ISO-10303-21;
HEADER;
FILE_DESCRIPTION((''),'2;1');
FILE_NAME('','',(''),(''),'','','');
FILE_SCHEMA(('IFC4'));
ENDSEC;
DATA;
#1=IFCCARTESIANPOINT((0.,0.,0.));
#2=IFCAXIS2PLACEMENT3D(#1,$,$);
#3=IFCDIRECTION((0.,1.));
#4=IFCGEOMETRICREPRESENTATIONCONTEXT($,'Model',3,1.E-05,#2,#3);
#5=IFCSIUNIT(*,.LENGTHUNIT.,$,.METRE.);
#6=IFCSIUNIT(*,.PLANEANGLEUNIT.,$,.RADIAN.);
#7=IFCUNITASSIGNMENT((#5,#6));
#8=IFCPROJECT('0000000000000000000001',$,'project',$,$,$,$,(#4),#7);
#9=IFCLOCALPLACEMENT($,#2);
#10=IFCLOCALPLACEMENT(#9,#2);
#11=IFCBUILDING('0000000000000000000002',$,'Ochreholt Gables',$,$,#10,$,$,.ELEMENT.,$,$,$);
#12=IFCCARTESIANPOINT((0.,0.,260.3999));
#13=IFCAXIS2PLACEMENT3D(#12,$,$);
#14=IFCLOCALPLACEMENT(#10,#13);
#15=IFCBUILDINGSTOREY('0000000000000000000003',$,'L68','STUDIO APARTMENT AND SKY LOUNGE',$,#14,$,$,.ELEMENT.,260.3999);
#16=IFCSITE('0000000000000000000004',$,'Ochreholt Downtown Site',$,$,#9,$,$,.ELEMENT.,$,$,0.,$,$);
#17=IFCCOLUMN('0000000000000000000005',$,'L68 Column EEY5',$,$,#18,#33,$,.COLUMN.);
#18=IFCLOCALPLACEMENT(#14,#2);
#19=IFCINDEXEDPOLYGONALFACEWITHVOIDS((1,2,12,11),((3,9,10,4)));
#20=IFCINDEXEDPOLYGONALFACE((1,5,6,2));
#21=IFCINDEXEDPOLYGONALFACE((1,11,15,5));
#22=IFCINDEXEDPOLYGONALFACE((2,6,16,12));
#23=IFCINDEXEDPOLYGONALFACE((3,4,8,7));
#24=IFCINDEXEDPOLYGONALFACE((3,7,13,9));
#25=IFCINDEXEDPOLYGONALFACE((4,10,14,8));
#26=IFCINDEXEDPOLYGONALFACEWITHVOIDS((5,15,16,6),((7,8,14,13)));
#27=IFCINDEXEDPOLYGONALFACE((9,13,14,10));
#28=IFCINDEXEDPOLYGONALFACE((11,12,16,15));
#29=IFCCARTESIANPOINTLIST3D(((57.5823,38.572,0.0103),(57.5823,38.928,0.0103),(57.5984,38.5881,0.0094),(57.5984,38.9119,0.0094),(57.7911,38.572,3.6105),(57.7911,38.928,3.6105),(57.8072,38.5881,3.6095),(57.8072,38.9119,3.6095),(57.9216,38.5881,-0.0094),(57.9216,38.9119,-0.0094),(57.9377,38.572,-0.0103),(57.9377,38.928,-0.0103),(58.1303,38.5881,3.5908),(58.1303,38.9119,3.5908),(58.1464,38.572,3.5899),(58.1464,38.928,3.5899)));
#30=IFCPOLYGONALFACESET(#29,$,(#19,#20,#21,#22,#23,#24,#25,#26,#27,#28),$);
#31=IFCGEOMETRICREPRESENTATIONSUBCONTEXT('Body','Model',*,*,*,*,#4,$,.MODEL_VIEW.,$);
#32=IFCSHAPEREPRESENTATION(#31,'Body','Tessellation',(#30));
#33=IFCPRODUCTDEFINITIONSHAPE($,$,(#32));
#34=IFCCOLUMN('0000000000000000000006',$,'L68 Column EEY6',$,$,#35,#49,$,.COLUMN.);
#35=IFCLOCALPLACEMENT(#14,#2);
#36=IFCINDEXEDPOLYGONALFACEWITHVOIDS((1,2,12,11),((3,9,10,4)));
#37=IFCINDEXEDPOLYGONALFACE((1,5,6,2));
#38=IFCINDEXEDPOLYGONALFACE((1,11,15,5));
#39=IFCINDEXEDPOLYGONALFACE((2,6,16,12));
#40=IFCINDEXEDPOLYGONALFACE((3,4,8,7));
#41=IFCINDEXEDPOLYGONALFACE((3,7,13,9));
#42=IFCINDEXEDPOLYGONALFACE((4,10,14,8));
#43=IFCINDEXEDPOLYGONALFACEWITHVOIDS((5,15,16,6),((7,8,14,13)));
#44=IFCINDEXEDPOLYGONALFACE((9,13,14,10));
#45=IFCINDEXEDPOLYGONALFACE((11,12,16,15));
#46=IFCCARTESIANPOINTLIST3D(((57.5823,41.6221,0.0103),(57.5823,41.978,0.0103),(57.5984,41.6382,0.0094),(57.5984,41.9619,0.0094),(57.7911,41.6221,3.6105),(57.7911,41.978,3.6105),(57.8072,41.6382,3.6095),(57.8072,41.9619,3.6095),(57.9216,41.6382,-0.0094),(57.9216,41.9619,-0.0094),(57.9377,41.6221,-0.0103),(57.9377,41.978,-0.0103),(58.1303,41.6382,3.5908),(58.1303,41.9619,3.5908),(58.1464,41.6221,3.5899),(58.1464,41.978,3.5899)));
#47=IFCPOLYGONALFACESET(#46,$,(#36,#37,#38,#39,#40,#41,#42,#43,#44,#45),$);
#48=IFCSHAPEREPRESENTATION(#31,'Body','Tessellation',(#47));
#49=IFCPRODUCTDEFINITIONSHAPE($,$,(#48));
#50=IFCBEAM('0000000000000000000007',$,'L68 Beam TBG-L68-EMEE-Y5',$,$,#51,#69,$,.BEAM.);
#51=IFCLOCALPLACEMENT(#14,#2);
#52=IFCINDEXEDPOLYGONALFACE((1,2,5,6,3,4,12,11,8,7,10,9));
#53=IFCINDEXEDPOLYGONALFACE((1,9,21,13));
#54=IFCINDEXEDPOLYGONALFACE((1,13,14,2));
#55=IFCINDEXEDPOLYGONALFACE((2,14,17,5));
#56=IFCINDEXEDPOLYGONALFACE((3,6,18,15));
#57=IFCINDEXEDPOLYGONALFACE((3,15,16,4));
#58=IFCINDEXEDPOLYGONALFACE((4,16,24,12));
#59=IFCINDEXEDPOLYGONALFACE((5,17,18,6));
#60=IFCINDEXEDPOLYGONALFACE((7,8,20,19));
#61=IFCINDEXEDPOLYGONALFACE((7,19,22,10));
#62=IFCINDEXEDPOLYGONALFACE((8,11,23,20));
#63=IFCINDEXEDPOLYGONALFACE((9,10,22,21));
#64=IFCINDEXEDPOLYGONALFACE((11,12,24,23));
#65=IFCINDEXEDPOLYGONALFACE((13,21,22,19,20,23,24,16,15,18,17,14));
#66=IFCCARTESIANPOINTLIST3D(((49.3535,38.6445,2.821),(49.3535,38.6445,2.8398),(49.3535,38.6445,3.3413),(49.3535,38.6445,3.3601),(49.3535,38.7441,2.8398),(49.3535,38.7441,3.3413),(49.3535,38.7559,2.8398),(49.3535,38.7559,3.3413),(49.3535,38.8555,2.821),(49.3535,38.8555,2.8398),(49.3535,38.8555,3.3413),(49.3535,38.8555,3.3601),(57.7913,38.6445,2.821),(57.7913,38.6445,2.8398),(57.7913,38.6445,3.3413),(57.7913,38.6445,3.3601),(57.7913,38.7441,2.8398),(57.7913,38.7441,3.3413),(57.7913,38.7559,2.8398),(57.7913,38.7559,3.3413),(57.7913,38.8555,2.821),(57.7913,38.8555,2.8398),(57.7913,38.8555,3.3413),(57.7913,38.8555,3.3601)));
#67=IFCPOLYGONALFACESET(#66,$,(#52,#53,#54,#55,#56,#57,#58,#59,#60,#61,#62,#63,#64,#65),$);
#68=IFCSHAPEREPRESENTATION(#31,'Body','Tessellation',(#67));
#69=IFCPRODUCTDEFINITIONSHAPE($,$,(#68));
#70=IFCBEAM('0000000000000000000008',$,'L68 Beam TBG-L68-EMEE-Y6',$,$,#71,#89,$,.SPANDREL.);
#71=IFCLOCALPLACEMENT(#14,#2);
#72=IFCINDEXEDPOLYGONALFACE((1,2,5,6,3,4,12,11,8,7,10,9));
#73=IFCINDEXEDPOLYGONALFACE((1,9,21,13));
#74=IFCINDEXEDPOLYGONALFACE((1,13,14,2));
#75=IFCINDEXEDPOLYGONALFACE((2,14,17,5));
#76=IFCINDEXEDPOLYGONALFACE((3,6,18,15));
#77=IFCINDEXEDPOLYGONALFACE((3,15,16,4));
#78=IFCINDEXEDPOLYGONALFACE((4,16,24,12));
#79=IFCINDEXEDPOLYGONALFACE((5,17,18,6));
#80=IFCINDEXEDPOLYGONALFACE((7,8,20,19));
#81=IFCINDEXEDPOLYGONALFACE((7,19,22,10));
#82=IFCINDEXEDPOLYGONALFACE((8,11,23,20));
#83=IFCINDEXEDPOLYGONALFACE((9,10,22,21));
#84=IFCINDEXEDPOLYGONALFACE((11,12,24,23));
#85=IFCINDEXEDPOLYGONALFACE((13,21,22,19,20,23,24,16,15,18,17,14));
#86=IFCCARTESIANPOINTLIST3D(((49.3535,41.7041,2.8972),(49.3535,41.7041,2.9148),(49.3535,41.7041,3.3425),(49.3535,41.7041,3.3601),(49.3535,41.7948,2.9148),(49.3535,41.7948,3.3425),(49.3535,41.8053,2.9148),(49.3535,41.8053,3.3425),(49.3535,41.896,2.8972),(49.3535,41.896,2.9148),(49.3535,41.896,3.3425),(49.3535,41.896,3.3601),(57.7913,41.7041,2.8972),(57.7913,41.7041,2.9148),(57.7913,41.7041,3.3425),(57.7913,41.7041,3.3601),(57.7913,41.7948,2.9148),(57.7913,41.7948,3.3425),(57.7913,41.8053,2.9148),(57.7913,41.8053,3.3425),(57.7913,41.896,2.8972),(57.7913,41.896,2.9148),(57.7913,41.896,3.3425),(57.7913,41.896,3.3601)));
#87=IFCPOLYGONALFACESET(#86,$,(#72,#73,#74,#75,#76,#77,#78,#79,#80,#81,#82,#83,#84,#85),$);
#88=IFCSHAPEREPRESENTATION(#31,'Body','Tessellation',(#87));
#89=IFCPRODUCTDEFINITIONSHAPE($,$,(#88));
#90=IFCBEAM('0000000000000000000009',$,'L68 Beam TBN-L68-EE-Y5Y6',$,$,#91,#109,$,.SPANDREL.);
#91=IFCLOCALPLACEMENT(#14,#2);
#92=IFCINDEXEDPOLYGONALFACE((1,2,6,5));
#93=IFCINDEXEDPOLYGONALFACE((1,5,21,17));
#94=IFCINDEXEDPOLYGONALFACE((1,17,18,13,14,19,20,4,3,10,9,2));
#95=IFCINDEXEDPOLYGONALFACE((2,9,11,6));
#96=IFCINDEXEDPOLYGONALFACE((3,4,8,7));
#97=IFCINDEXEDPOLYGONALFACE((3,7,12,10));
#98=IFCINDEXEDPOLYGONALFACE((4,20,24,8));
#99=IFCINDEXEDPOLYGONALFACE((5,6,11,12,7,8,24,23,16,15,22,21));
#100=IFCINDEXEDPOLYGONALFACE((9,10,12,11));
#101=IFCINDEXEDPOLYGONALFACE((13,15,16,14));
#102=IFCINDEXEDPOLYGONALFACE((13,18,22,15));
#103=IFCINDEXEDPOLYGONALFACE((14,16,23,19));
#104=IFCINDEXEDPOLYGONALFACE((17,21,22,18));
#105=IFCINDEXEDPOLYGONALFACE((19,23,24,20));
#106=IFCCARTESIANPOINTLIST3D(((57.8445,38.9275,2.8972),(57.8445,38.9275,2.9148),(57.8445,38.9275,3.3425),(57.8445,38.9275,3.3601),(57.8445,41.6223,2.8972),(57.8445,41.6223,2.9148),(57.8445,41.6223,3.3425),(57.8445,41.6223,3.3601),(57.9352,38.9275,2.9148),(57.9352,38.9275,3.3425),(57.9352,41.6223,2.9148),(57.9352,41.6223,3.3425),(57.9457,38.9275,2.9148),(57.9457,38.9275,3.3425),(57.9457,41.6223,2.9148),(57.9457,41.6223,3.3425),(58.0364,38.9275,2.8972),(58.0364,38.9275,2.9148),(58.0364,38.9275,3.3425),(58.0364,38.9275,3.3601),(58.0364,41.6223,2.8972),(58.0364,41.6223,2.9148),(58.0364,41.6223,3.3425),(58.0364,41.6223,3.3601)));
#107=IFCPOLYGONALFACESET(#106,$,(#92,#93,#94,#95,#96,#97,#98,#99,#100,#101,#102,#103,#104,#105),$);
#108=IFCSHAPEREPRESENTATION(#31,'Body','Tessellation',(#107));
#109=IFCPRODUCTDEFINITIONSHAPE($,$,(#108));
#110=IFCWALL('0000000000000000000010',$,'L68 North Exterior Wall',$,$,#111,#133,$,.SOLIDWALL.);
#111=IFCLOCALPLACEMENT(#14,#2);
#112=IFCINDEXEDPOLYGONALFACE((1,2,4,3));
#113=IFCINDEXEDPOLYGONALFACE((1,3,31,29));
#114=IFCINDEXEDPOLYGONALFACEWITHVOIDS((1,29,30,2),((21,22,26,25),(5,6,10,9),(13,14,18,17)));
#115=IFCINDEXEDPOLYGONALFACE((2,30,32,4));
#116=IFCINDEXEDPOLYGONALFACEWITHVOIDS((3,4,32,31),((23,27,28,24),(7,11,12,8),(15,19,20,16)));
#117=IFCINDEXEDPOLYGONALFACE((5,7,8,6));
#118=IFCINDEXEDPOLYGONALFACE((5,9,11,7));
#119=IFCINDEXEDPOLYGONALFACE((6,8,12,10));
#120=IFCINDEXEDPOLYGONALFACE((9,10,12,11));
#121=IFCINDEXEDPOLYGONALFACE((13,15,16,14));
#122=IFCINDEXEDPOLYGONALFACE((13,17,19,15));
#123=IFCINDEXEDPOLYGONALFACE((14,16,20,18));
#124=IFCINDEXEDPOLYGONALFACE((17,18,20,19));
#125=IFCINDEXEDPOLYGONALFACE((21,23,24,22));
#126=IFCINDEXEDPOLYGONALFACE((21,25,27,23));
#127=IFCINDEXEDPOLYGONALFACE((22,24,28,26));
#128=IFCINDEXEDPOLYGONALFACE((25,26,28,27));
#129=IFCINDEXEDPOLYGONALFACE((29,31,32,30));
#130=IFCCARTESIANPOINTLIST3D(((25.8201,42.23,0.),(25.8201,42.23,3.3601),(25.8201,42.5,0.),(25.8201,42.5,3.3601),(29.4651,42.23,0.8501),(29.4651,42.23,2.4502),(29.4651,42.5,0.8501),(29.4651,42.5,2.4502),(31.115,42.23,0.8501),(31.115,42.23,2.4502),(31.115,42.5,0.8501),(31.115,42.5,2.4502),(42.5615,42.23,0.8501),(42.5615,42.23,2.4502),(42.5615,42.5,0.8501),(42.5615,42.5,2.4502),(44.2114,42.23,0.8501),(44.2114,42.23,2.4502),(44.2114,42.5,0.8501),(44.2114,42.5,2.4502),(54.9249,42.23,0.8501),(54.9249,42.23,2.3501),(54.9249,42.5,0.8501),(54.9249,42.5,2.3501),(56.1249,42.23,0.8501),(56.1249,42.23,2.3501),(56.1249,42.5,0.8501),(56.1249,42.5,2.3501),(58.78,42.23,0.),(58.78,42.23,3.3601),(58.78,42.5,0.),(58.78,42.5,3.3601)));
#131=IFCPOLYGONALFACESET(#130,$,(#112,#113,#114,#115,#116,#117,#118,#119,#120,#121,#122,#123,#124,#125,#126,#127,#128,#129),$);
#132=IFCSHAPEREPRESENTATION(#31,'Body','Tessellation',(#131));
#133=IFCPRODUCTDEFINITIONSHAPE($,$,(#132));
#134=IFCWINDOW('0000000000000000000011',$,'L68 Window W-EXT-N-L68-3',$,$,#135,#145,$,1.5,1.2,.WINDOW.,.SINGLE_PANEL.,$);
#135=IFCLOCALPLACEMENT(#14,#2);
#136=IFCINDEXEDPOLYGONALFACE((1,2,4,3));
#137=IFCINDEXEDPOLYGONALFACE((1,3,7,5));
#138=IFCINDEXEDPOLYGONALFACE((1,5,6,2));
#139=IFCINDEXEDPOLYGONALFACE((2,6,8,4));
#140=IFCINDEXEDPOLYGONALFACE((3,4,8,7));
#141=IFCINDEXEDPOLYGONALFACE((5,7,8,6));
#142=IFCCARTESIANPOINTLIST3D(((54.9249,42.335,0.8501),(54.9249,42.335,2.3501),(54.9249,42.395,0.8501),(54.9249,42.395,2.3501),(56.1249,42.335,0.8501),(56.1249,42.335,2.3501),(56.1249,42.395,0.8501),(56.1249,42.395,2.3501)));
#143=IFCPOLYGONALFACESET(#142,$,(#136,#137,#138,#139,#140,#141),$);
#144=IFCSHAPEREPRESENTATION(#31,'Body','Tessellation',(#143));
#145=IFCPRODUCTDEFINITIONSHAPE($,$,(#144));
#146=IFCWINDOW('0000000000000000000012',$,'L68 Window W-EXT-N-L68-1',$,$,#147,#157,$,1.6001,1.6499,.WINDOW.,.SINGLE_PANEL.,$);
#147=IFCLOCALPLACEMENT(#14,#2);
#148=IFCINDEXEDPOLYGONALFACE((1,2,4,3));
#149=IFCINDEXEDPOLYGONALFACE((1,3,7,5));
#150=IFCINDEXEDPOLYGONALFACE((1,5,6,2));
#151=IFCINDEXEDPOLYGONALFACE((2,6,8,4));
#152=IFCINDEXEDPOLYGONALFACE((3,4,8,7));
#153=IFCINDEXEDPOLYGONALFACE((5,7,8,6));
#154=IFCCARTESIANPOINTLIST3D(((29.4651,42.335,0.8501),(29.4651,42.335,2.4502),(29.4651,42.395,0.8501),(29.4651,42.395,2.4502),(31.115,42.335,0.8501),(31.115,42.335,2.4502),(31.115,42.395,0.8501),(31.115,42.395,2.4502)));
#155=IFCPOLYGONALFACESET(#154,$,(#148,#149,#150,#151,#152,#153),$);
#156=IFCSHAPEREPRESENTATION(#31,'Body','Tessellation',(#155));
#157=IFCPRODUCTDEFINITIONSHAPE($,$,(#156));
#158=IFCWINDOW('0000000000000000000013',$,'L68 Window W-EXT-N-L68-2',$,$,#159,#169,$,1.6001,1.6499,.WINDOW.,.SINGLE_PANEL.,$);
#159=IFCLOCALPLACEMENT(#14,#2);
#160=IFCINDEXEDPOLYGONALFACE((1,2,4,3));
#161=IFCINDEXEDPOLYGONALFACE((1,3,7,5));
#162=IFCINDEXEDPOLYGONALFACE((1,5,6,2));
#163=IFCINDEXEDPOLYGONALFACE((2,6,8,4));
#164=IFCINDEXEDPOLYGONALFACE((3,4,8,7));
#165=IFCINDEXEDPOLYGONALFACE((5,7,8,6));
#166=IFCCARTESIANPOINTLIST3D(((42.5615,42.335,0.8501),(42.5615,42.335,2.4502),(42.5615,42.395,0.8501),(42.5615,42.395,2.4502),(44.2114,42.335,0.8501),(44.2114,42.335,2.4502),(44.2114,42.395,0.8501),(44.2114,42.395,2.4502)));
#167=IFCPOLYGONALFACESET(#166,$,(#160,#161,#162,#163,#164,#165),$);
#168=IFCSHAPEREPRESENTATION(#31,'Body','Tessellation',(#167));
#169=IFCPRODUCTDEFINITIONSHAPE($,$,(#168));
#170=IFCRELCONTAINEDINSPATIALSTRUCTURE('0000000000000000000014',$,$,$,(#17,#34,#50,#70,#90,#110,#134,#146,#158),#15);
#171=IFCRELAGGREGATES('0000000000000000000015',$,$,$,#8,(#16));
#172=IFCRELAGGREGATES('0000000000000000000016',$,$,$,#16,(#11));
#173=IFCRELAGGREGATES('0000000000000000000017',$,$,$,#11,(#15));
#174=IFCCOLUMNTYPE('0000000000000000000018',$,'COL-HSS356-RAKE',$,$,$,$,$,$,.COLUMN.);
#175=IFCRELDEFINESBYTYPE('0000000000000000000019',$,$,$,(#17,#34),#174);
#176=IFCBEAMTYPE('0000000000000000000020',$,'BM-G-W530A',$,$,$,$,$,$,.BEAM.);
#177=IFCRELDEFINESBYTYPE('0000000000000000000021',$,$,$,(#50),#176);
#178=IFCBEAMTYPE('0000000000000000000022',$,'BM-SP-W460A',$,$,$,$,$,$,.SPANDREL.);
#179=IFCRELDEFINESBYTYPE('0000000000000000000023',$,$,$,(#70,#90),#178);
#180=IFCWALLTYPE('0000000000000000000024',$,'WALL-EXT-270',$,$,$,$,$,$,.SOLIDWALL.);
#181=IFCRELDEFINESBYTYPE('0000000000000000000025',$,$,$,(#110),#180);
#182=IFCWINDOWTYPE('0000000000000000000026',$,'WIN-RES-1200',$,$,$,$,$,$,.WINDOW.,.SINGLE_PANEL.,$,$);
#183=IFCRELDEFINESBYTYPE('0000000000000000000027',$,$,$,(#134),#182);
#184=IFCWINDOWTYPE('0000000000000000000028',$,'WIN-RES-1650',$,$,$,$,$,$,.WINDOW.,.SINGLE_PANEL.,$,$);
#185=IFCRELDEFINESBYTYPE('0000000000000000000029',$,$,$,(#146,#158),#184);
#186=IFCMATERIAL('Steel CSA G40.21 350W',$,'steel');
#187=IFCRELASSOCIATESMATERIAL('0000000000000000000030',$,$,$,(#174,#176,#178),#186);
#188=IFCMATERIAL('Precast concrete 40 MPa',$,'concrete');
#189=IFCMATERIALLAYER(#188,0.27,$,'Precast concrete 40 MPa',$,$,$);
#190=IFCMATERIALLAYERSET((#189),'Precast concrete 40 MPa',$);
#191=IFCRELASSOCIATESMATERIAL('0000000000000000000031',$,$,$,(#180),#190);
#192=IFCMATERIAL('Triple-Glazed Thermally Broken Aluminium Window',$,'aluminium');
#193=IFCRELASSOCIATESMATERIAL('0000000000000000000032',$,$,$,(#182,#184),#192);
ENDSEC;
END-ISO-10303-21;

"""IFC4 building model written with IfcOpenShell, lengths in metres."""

from ifc_helpers import new_model, si_unit, direction, frame, frame_2d, origin, origin_2d, place, context, subcontext, project, spatial, rectangle, hollow_rectangle, i_section, extrude, material, layer, layer_set, material_profile, profile_set, type_object, element, fill, save


model = new_model("IFC4")

# Units and contexts
model_context = context("Model", 3, precision=1e-05, world=origin(), true_north=direction((0.0, 1.0)))
body_context = subcontext(model_context, "Body", "Model", "MODEL_VIEW")
ifc_project = project(units=[si_unit("LENGTHUNIT", "METRE"), si_unit("PLANEANGLEUNIT", "RADIAN")], contexts=[model_context])

# Site, building, storey
site_placement = place(None, origin())
site = spatial("IfcSite", under=ifc_project, at=site_placement, Name="Ochreholt Downtown Site", CompositionType="ELEMENT", RefElevation=0.0)
building_placement = place(site_placement, origin())
building = spatial("IfcBuilding", under=site, at=building_placement, Name="Ochreholt Gables", CompositionType="ELEMENT")
storey_placement = place(building_placement, frame((0.0, 0.0, 260.3999)))
storey = spatial("IfcBuildingStorey", under=building, at=storey_placement, Name="L68", Description="STUDIO APARTMENT AND SKY LOUNGE", CompositionType="ELEMENT", Elevation=260.3999)

# Columns
ifc_material_1 = material(Name="Steel CSA G40.21 350W", Category="steel")
ifc_material_profile_1 = material_profile(ifc_material_1, hollow_rectangle(XDim=0.356, YDim=0.356, WallThickness=0.0161, at=origin_2d()), Name="HSS356X356X16")
ifc_profile_set_1 = profile_set([ifc_material_profile_1], Name="Steel CSA G40.21 350W")
column_type = type_object("IfcColumnType", Name="COL-HSS356-RAKE", PredefinedType="COLUMN", material=ifc_profile_set_1)
for number, where, z_axis, x_axis, name in (
    (1, (57.76, 38.75, 0.0), (0.057885, 0.0, 0.998323), (0.0, 1.0, 0.0), "L68 Column EEY5"),
    (2, (57.76, 41.8, 0.0), (0.057885, 0.0, 0.998323), (0.0, 1.0, 0.0), "L68 Column EEY6"),
):
    element("IfcColumn", number, at=place(storey_placement, frame(where, z_axis=z_axis, x_axis=x_axis)), inside=storey, type_object=column_type, Name=name, PredefinedType="COLUMN", context=body_context, shape_type="SweptSolid", body=[
        extrude(hollow_rectangle(XDim=0.356, YDim=0.356, WallThickness=0.0161, at=origin_2d()), origin(), (0.0, 0.0, 1.0), 3.6062),
    ])

# Beams
ifc_material_profile_2 = material_profile(ifc_material_1, i_section(OverallWidth=0.2109, OverallDepth=0.5391, WebThickness=0.0117, FlangeThickness=0.0188, at=origin_2d()), Name="W530X109")
ifc_profile_set_2 = profile_set([ifc_material_profile_2], Name="Steel CSA G40.21 350W")
beam_type_1 = type_object("IfcBeamType", Name="BM-G-W530A", PredefinedType="BEAM", material=ifc_profile_set_2)
beam_1_placement = place(storey_placement, frame((49.3535, 38.75, 3.0906), z_axis=(1.0, 0.0, 0.0), x_axis=(0.0, 1.0, 0.0)))
element("IfcBeam", 3, at=beam_1_placement, inside=storey, type_object=beam_type_1, Name="L68 Beam TBG-L68-EMEE-Y5", PredefinedType="BEAM", context=body_context, shape_type="SweptSolid", body=[
    extrude(i_section(OverallWidth=0.2109, OverallDepth=0.5391, WebThickness=0.0117, FlangeThickness=0.0188, at=origin_2d()), origin(), (0.0, 0.0, 1.0), 8.4377),
])
ifc_material_profile_3 = material_profile(ifc_material_1, i_section(OverallWidth=0.1919, OverallDepth=0.4629, WebThickness=0.0105, FlangeThickness=0.0176, at=origin_2d()), Name="W460X89")
ifc_profile_set_3 = profile_set([ifc_material_profile_3], Name="Steel CSA G40.21 350W")
beam_type_2 = type_object("IfcBeamType", Name="BM-SP-W460A", PredefinedType="SPANDREL", material=ifc_profile_set_3)
beam_2_placement = place(storey_placement, frame((49.3535, 41.8, 3.1287), z_axis=(1.0, 0.0, 0.0), x_axis=(0.0, 1.0, 0.0)))
element("IfcBeam", 4, at=beam_2_placement, inside=storey, type_object=beam_type_2, Name="L68 Beam TBG-L68-EMEE-Y6", PredefinedType="SPANDREL", context=body_context, shape_type="SweptSolid", body=[
    extrude(i_section(OverallWidth=0.1919, OverallDepth=0.4629, WebThickness=0.0105, FlangeThickness=0.0176, at=origin_2d()), origin(), (0.0, 0.0, 1.0), 8.4377),
])
beam_3_placement = place(storey_placement, frame((57.9404, 38.9275, 3.1287), z_axis=(0.0, 1.0, 0.0), x_axis=(-1.0, 0.0, 0.0)))
element("IfcBeam", 5, at=beam_3_placement, inside=storey, type_object=beam_type_2, Name="L68 Beam TBN-L68-EE-Y5Y6", PredefinedType="SPANDREL", context=body_context, shape_type="SweptSolid", body=[
    extrude(i_section(OverallWidth=0.1919, OverallDepth=0.4629, WebThickness=0.0105, FlangeThickness=0.0176, at=origin_2d()), origin(), (0.0, 0.0, 1.0), 2.6948),
])

# Wall, openings, windows
ifc_material_2 = material(Name="Precast concrete 40 MPa", Category="concrete")
ifc_layer_1 = layer(ifc_material_2, 0.27, Name="Precast concrete 40 MPa")
ifc_layer_set_1 = layer_set([ifc_layer_1], Name="Precast concrete 40 MPa")
wall_type_1 = type_object("IfcWallType", Name="WALL-EXT-270", PredefinedType="SOLIDWALL", material=ifc_layer_set_1)
wall_1_placement = place(storey_placement, frame((58.78, 42.365, 0.0), z_axis=(0.0, 0.0, 1.0), x_axis=(-1.0, 0.0, 0.0)))
wall_1 = element("IfcWall", 6, at=wall_1_placement, inside=storey, type_object=wall_type_1, Name="L68 North Exterior Wall", PredefinedType="SOLIDWALL", context=body_context, shape_type="SweptSolid", body=[
    extrude(rectangle(XDim=32.96, YDim=0.27, at=frame_2d((16.48, 0.0))), origin(), (0.0, 0.0, 1.0), 3.3601),
])
opening_1_placement = place(wall_1_placement, frame((27.665, 0.0, 0.8501)))
opening_1 = element("IfcOpeningElement", 7, at=opening_1_placement, cuts=wall_1, PredefinedType="OPENING", context=body_context, shape_type="SweptSolid", body=[
    extrude(rectangle(XDim=1.6499, YDim=1.6001, at=frame_2d((0.825, 0.8))), frame((0.0, 0.145, 0.0), z_axis=(0.0, -1.0, 0.0), x_axis=(1.0, 0.0, 0.0)), (0.0, 0.0, 1.0), 0.29),
])
opening_2_placement = place(wall_1_placement, frame((14.5686, 0.0, 0.8501)))
opening_2 = element("IfcOpeningElement", 8, at=opening_2_placement, cuts=wall_1, PredefinedType="OPENING", context=body_context, shape_type="SweptSolid", body=[
    extrude(rectangle(XDim=1.6499, YDim=1.6001, at=frame_2d((0.825, 0.8))), frame((0.0, 0.145, 0.0), z_axis=(0.0, -1.0, 0.0), x_axis=(1.0, 0.0, 0.0)), (0.0, 0.0, 1.0), 0.29),
])
opening_3_placement = place(wall_1_placement, frame((2.655, 0.0, 0.8501)))
opening_3 = element("IfcOpeningElement", 9, at=opening_3_placement, cuts=wall_1, PredefinedType="OPENING", context=body_context, shape_type="SweptSolid", body=[
    extrude(rectangle(XDim=1.2, YDim=1.5, at=frame_2d((0.6001, 0.75))), frame((0.0, 0.145, 0.0), z_axis=(0.0, -1.0, 0.0), x_axis=(1.0, 0.0, 0.0)), (0.0, 0.0, 1.0), 0.29),
])
ifc_material_3 = material(Name="Triple-Glazed Thermally Broken Aluminium Window", Category="aluminium")
window_type_1 = type_object("IfcWindowType", Name="WIN-RES-1200", PartitioningType="SINGLE_PANEL", PredefinedType="WINDOW", material=ifc_material_3)
window_1_placement = place(opening_3_placement, origin())
window_1 = element("IfcWindow", 10, at=window_1_placement, inside=storey, type_object=window_type_1, Name="L68 Window W-EXT-N-L68-3", OverallHeight=1.5, OverallWidth=1.2, PartitioningType="SINGLE_PANEL", PredefinedType="WINDOW", context=body_context, shape_type="SweptSolid", body=[
    extrude(rectangle(XDim=1.2, YDim=1.5, at=frame_2d((0.6001, 0.75))), frame((0.0, 0.03, 0.0), z_axis=(0.0, -1.0, 0.0), x_axis=(1.0, 0.0, 0.0)), (0.0, 0.0, 1.0), 0.0601),
])
fill(opening_3, window_1)
window_type_2 = type_object("IfcWindowType", Name="WIN-RES-1650", PartitioningType="SINGLE_PANEL", PredefinedType="WINDOW", material=ifc_material_3)
window_2_placement = place(opening_1_placement, origin())
window_2 = element("IfcWindow", 11, at=window_2_placement, inside=storey, type_object=window_type_2, Name="L68 Window W-EXT-N-L68-1", OverallHeight=1.6001, OverallWidth=1.6499, PartitioningType="SINGLE_PANEL", PredefinedType="WINDOW", context=body_context, shape_type="SweptSolid", body=[
    extrude(rectangle(XDim=1.6499, YDim=1.6001, at=frame_2d((0.825, 0.8))), frame((0.0, 0.03, 0.0), z_axis=(0.0, -1.0, 0.0), x_axis=(1.0, 0.0, 0.0)), (0.0, 0.0, 1.0), 0.0601),
])
fill(opening_1, window_2)
window_3_placement = place(opening_2_placement, origin())
window_3 = element("IfcWindow", 12, at=window_3_placement, inside=storey, type_object=window_type_2, Name="L68 Window W-EXT-N-L68-2", OverallHeight=1.6001, OverallWidth=1.6499, PartitioningType="SINGLE_PANEL", PredefinedType="WINDOW", context=body_context, shape_type="SweptSolid", body=[
    extrude(rectangle(XDim=1.6499, YDim=1.6001, at=frame_2d((0.825, 0.8))), frame((0.0, 0.03, 0.0), z_axis=(0.0, -1.0, 0.0), x_axis=(1.0, 0.0, 0.0)), (0.0, 0.0, 1.0), 0.0601),
])
fill(opening_2, window_3)

save(model, "model.ifc")
